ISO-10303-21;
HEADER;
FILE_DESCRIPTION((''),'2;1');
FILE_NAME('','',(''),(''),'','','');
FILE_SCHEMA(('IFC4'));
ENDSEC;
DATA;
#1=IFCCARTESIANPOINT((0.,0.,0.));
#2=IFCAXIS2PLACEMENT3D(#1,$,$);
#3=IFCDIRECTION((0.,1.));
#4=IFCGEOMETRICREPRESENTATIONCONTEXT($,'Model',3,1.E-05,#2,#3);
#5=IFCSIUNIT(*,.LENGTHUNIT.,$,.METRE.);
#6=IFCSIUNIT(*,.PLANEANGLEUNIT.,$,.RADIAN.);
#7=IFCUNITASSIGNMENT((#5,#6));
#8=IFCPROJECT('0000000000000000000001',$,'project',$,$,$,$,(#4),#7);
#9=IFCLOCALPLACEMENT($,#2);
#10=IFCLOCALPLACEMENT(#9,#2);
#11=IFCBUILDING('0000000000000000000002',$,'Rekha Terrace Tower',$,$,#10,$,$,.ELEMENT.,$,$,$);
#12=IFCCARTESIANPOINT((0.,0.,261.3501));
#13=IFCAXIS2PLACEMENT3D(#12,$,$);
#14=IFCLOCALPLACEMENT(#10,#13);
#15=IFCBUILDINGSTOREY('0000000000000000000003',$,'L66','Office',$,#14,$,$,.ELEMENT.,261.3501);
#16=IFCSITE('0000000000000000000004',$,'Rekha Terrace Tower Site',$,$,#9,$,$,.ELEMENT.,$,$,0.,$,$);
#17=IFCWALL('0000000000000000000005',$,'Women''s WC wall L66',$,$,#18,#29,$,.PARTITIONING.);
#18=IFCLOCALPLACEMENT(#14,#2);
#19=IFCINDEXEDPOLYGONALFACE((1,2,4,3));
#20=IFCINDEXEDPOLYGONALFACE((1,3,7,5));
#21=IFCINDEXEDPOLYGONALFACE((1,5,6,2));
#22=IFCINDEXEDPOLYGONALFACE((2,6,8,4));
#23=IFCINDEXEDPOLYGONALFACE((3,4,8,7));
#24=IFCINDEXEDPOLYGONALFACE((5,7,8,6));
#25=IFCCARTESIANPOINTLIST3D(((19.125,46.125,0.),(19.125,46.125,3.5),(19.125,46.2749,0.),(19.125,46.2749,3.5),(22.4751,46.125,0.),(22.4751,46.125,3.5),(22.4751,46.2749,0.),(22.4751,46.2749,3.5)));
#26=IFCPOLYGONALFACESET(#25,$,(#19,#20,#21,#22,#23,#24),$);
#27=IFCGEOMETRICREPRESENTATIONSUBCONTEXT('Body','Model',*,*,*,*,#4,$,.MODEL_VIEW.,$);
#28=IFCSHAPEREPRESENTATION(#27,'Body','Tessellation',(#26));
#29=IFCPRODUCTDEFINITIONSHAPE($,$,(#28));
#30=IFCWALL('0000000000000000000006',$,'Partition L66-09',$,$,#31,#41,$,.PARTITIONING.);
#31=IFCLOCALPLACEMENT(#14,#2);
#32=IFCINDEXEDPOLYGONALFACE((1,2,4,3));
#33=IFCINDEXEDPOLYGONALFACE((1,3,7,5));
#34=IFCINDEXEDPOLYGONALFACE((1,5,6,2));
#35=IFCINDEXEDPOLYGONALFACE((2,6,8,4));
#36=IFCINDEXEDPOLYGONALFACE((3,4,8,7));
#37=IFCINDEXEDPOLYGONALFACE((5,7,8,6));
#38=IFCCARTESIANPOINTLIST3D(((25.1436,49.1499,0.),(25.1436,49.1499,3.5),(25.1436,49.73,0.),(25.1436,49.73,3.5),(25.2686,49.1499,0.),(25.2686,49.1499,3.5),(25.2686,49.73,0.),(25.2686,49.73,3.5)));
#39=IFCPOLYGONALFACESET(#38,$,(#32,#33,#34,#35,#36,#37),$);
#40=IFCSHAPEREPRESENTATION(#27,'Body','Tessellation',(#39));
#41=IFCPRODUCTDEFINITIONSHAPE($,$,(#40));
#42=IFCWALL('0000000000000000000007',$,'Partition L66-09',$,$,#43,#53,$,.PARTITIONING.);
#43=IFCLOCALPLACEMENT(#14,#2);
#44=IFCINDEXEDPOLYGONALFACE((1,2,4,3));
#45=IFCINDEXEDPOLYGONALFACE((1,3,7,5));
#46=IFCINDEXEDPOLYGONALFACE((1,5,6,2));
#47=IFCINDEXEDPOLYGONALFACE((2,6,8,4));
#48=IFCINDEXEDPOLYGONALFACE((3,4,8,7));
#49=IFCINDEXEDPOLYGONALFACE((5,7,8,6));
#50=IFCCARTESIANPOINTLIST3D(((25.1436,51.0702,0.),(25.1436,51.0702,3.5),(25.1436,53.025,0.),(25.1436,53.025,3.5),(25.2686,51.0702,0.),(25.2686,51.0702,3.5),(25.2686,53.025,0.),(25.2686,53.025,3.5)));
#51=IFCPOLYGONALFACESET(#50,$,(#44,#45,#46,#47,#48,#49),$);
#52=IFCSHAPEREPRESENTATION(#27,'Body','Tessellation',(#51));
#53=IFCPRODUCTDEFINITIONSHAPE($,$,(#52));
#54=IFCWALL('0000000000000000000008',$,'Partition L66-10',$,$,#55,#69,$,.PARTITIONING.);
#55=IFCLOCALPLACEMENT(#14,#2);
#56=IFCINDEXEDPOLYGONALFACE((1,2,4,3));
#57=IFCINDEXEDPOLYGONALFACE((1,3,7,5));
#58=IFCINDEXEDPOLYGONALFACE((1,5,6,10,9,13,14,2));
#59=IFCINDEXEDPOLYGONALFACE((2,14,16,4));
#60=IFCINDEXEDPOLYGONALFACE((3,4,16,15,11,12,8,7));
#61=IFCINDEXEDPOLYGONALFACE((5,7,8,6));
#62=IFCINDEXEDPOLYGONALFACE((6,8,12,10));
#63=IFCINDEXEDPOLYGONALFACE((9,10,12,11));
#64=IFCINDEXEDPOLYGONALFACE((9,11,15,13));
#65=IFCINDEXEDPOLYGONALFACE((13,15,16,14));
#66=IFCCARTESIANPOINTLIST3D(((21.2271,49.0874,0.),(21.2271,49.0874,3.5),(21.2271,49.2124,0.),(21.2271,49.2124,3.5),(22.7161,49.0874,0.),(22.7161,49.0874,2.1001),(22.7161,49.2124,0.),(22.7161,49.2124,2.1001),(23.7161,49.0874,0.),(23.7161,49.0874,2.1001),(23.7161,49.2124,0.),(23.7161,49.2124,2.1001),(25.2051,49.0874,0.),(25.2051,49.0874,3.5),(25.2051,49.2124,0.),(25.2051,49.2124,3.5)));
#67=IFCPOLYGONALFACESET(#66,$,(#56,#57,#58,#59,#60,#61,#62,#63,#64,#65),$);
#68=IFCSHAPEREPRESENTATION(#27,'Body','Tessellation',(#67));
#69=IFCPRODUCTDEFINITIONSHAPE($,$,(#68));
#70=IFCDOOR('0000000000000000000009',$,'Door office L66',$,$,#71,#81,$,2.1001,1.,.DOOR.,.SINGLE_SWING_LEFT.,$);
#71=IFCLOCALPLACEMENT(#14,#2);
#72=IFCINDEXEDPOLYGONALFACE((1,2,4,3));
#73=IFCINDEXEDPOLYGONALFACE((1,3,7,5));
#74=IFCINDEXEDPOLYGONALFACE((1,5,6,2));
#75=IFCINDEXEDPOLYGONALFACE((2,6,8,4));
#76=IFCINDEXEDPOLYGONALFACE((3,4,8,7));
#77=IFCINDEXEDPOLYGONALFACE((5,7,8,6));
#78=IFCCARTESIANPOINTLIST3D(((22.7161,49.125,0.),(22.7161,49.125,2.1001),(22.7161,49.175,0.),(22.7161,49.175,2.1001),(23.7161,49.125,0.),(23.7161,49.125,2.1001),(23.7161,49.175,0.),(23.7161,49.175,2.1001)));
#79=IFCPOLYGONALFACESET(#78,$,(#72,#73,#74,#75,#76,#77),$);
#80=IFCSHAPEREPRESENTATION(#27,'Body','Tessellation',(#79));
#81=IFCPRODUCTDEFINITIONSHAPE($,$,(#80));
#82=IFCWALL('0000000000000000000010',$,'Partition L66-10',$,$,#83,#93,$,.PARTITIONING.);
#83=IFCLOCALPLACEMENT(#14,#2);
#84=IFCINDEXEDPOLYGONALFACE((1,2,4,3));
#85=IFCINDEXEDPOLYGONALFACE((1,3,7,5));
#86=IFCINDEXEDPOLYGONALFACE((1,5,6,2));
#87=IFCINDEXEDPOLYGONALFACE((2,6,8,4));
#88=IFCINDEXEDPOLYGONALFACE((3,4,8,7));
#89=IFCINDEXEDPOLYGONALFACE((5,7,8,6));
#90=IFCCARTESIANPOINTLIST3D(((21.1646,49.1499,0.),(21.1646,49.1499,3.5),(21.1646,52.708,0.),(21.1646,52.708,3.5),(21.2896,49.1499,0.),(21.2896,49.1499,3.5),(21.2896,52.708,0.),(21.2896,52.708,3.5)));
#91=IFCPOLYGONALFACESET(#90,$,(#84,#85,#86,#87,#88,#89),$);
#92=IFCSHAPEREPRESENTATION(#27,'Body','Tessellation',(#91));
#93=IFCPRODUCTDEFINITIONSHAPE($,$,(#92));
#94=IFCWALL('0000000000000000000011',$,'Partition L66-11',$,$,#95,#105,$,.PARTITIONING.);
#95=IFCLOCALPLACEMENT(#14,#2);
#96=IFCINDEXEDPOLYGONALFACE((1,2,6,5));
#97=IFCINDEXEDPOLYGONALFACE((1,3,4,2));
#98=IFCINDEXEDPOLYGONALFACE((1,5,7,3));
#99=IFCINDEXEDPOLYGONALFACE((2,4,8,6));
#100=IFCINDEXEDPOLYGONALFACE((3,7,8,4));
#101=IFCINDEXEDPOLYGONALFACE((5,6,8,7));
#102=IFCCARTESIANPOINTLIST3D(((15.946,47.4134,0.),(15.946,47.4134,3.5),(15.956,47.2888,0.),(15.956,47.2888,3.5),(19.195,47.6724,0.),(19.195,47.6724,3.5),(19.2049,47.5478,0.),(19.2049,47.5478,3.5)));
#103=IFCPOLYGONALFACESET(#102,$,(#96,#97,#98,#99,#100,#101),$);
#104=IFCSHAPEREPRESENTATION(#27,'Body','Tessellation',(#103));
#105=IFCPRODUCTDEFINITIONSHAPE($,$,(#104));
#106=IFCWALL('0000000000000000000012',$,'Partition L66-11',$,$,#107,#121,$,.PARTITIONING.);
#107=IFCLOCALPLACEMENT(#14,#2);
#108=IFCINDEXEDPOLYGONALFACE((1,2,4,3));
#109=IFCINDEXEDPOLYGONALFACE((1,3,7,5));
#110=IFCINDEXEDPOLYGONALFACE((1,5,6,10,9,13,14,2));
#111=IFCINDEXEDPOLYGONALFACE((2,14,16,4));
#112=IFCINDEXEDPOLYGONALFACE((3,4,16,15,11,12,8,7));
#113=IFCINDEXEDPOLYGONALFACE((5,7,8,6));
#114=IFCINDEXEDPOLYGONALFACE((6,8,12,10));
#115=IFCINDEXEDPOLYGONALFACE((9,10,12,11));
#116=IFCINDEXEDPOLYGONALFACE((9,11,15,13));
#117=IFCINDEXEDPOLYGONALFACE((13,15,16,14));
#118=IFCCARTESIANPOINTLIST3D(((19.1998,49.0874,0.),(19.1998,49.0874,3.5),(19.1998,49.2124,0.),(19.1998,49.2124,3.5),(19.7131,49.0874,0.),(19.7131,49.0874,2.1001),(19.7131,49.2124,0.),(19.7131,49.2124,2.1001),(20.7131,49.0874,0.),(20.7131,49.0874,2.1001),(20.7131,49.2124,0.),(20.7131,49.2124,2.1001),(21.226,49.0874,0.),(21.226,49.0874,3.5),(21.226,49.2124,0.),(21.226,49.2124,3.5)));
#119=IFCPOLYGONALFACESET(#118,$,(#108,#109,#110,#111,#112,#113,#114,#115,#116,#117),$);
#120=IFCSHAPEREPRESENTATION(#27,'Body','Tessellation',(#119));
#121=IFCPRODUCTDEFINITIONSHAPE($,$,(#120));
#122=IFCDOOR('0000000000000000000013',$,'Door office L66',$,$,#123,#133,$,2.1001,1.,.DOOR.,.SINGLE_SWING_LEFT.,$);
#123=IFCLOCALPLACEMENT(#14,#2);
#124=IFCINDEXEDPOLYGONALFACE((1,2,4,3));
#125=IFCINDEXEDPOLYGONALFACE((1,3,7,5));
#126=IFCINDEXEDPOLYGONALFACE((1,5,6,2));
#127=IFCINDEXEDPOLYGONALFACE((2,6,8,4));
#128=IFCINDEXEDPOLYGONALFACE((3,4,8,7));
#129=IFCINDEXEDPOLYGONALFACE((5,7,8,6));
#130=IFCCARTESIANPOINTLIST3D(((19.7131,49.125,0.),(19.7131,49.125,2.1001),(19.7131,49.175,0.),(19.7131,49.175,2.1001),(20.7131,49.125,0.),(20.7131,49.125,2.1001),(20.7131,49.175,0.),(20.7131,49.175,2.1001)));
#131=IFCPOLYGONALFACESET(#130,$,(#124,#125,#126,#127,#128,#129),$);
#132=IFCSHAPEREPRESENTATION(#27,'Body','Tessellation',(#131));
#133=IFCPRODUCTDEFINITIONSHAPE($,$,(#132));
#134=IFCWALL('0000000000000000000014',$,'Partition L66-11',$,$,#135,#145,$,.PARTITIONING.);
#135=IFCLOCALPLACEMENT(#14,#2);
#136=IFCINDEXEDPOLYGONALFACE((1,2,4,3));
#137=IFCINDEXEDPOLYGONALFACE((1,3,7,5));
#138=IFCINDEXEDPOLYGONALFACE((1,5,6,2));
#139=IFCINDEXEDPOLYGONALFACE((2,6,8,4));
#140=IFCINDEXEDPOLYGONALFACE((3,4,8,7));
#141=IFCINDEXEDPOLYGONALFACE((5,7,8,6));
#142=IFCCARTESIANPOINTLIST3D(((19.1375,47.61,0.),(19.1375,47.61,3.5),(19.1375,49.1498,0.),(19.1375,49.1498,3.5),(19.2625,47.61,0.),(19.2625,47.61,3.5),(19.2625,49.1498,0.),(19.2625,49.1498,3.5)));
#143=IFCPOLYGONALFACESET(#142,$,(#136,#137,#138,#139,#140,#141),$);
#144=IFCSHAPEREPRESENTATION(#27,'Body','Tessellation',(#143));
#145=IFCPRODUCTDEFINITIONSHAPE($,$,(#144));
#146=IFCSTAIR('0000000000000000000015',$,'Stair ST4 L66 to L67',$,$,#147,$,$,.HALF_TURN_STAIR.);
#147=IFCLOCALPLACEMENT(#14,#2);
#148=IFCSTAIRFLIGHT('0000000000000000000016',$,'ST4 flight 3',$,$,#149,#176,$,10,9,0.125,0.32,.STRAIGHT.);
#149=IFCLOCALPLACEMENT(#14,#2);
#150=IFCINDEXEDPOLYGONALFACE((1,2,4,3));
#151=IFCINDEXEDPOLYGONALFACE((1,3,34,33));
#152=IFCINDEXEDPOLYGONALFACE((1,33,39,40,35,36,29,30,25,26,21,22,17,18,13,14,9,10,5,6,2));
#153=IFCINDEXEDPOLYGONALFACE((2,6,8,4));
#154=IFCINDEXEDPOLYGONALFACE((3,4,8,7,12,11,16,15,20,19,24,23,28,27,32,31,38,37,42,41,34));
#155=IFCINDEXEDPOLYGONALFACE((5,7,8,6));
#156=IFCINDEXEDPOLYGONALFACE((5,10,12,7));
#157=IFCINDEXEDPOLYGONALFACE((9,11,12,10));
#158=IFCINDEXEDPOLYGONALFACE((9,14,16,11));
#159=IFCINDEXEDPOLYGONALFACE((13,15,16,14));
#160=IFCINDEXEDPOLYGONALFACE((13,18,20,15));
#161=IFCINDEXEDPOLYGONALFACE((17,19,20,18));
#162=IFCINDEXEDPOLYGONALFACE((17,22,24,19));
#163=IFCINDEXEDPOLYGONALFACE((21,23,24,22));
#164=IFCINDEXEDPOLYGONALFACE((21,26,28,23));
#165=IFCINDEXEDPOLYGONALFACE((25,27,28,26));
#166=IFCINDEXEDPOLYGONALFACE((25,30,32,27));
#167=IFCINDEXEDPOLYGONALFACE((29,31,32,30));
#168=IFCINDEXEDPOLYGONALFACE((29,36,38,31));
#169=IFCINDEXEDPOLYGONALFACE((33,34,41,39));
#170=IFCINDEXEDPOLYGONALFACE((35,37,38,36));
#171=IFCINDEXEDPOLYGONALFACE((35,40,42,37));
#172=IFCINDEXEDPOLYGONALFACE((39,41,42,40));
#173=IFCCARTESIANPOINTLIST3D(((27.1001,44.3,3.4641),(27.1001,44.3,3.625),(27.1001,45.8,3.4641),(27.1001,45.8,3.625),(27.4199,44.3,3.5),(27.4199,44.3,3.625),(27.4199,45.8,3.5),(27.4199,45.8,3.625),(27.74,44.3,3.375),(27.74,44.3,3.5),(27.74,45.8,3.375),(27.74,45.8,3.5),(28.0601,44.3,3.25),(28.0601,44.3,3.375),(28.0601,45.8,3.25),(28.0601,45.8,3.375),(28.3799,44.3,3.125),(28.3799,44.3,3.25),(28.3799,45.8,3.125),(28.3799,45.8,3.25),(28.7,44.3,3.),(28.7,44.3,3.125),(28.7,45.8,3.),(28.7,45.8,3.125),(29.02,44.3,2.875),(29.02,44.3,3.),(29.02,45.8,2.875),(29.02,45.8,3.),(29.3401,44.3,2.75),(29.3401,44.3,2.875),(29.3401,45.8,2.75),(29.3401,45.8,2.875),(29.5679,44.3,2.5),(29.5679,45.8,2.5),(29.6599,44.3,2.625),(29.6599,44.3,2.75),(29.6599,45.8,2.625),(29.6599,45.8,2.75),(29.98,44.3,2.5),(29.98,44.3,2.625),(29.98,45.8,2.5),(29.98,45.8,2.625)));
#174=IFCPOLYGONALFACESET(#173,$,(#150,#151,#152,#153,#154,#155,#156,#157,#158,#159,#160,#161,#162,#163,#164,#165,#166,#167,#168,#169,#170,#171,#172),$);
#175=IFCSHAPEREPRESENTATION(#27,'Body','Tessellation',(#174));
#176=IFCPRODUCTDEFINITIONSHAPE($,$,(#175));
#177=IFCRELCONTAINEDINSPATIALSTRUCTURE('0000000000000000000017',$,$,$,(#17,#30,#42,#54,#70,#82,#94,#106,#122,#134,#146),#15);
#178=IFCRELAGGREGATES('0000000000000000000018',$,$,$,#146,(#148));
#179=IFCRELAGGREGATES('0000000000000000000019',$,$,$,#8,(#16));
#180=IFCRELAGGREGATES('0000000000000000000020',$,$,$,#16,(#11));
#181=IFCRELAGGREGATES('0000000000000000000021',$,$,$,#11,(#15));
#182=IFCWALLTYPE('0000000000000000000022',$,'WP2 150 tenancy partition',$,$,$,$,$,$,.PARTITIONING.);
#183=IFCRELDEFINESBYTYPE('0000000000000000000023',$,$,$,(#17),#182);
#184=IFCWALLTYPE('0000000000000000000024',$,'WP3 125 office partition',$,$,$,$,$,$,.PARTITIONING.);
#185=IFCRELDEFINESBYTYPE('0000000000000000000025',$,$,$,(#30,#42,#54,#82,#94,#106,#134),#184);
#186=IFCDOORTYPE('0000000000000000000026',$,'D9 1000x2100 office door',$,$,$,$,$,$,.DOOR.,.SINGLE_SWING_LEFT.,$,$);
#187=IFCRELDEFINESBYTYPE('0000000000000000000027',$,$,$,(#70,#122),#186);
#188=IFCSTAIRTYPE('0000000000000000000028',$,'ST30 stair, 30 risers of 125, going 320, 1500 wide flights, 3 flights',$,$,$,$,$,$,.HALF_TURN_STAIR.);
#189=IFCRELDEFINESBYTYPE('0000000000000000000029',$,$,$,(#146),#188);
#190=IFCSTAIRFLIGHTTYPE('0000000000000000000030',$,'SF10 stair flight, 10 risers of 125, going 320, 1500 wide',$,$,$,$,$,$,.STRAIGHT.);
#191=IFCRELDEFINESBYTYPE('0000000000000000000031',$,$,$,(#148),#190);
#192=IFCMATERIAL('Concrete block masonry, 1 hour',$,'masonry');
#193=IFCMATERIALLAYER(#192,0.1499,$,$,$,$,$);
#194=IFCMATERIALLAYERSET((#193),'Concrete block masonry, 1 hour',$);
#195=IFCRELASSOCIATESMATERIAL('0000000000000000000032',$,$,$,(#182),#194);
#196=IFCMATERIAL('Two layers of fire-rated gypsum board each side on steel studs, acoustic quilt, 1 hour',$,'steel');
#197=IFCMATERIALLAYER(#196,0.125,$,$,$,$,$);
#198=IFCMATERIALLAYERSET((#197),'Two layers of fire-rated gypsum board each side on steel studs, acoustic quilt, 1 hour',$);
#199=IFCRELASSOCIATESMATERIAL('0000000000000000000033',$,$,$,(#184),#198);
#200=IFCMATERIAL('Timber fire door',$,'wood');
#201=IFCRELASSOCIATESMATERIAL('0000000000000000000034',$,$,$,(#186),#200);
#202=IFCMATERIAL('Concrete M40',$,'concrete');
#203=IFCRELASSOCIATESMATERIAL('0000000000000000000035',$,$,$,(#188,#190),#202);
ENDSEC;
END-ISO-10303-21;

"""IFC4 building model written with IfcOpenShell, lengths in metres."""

from ifc_helpers import new_model, si_unit, direction, frame, frame_2d, origin, place, context, subcontext, project, spatial, polyline, rectangle, outline, extrude, material, layer, layer_set, type_object, element, fill, aggregate, save


model = new_model("IFC4")

# Units and contexts
model_context = context("Model", 3, precision=1e-05, world=origin(), true_north=direction((0.0, 1.0)))
body_context = subcontext(model_context, "Body", "Model", "MODEL_VIEW")
ifc_project = project(units=[si_unit("LENGTHUNIT", "METRE"), si_unit("PLANEANGLEUNIT", "RADIAN")], contexts=[model_context])

# Site, building, storey
site_placement = place(None, origin())
site = spatial("IfcSite", under=ifc_project, at=site_placement, Name="Rekha Terrace Tower Site", CompositionType="ELEMENT", RefElevation=0.0)
building_placement = place(site_placement, origin())
building = spatial("IfcBuilding", under=site, at=building_placement, Name="Rekha Terrace Tower", CompositionType="ELEMENT")
storey_placement = place(building_placement, frame((0.0, 0.0, 261.3501)))
storey = spatial("IfcBuildingStorey", under=building, at=storey_placement, Name="L66", Description="Office", CompositionType="ELEMENT", Elevation=261.3501)

# Walls
ifc_material_1 = material(Name="Concrete block masonry, 1 hour", Category="masonry")
ifc_layer_1 = layer(ifc_material_1, 0.1499)
ifc_layer_set_1 = layer_set([ifc_layer_1], Name="Concrete block masonry, 1 hour")
wall_type_1 = type_object("IfcWallType", Name="WP2 150 tenancy partition", PredefinedType="PARTITIONING", material=ifc_layer_set_1)
wall_1_placement = place(storey_placement, frame((19.125, 46.2, 0.0), z_axis=(0.0, 0.0, 1.0), x_axis=(1.0, 0.0, 0.0)))
element("IfcWall", 1, at=wall_1_placement, inside=storey, type_object=wall_type_1, Name="Women's WC wall L66", PredefinedType="PARTITIONING", context=body_context, shape_type="SweptSolid", body=[
    extrude(rectangle(XDim=3.3501, YDim=0.1499, at=frame_2d((1.675, 0.0))), origin(), (0.0, 0.0, 1.0), 3.5),
])
ifc_material_2 = material(Name="Two layers of fire-rated gypsum board each side on steel studs, acoustic quilt, 1 hour", Category="steel")
ifc_layer_2 = layer(ifc_material_2, 0.125)
ifc_layer_set_2 = layer_set([ifc_layer_2], Name="Two layers of fire-rated gypsum board each side on steel studs, acoustic quilt, 1 hour")
wall_type_2 = type_object("IfcWallType", Name="WP3 125 office partition", PredefinedType="PARTITIONING", material=ifc_layer_set_2)
wall_2_placement = place(storey_placement, frame((25.2061, 49.1499, 0.0), z_axis=(0.0, 0.0, 1.0), x_axis=(0.0, 1.0, 0.0)))
element("IfcWall", 2, at=wall_2_placement, inside=storey, type_object=wall_type_2, Name="Partition L66-09", PredefinedType="PARTITIONING", context=body_context, shape_type="SweptSolid", body=[
    extrude(rectangle(XDim=0.5801, YDim=0.125, at=frame_2d((0.29, 0.0))), origin(), (0.0, 0.0, 1.0), 3.5),
])
wall_3_placement = place(storey_placement, frame((25.2061, 51.0701, 0.0), z_axis=(0.0, 0.0, 1.0), x_axis=(0.0, 1.0, 0.0)))
element("IfcWall", 3, at=wall_3_placement, inside=storey, type_object=wall_type_2, Name="Partition L66-09", PredefinedType="PARTITIONING", context=body_context, shape_type="SweptSolid", body=[
    extrude(rectangle(XDim=1.9548, YDim=0.125, at=frame_2d((0.9775, 0.0))), origin(), (0.0, 0.0, 1.0), 3.5),
])

# Wall, opening, door
wall_4_placement = place(storey_placement, frame((25.2051, 49.1499, 0.0), z_axis=(0.0, 0.0, 1.0), x_axis=(-1.0, 0.0, 0.0)))
wall_4 = element("IfcWall", 4, at=wall_4_placement, inside=storey, type_object=wall_type_2, Name="Partition L66-10", PredefinedType="PARTITIONING", context=body_context, shape_type="SweptSolid", body=[
    extrude(rectangle(XDim=3.978, YDim=0.125, at=frame_2d((1.989, 0.0))), origin(), (0.0, 0.0, 1.0), 3.5),
])
opening_1_placement = place(wall_4_placement, frame((1.489, 0.0, 0.0)))
opening_1 = element("IfcOpeningElement", 5, at=opening_1_placement, cuts=wall_4, PredefinedType="OPENING", context=body_context, shape_type="SweptSolid", body=[
    extrude(rectangle(XDim=1.0, YDim=2.1001, at=frame_2d((0.5, 1.05))), frame((0.0, 0.0725, 0.0), z_axis=(0.0, -1.0, 0.0), x_axis=(1.0, 0.0, 0.0)), (0.0, 0.0, 1.0), 0.145),
])
ifc_material_3 = material(Name="Timber fire door", Category="wood")
door_type = type_object("IfcDoorType", Name="D9 1000x2100 office door", OperationType="SINGLE_SWING_LEFT", PredefinedType="DOOR", material=ifc_material_3)
door_1_placement = place(opening_1_placement, origin())
door_1 = element("IfcDoor", 6, at=door_1_placement, inside=storey, type_object=door_type, Name="Door office L66", OperationType="SINGLE_SWING_LEFT", OverallHeight=2.1001, OverallWidth=1.0, PredefinedType="DOOR", context=body_context, shape_type="SweptSolid", body=[
    extrude(rectangle(XDim=1.0, YDim=2.1001, at=frame_2d((0.5, 1.05))), frame((0.0, 0.0249, 0.0), z_axis=(0.0, -1.0, 0.0), x_axis=(1.0, 0.0, 0.0)), (0.0, 0.0, 1.0), 0.05),
])
fill(opening_1, door_1)

# Walls
wall_5_placement = place(storey_placement, frame((21.2271, 49.1499, 0.0), z_axis=(0.0, 0.0, 1.0), x_axis=(0.0, 1.0, 0.0)))
element("IfcWall", 7, at=wall_5_placement, inside=storey, type_object=wall_type_2, Name="Partition L66-10", PredefinedType="PARTITIONING", context=body_context, shape_type="SweptSolid", body=[
    extrude(rectangle(XDim=3.5581, YDim=0.125, at=frame_2d((1.7791, 0.0))), origin(), (0.0, 0.0, 1.0), 3.5),
])
wall_6_placement = place(storey_placement, frame((19.2, 47.6101, 0.0), z_axis=(0.0, 0.0, 1.0), x_axis=(-0.996837, -0.079474, 0.0)))
element("IfcWall", 8, at=wall_6_placement, inside=storey, type_object=wall_type_2, Name="Partition L66-11", PredefinedType="PARTITIONING", context=body_context, shape_type="SweptSolid", body=[
    extrude(rectangle(XDim=3.2593, YDim=0.125, at=frame_2d((1.6296, 0.0))), origin(), (0.0, 0.0, 1.0), 3.5),
])

# Wall, opening, door
wall_7_placement = place(storey_placement, frame((21.2261, 49.1499, 0.0), z_axis=(0.0, 0.0, 1.0), x_axis=(-1.0, 0.0, 0.0)))
wall_7 = element("IfcWall", 9, at=wall_7_placement, inside=storey, type_object=wall_type_2, Name="Partition L66-11", PredefinedType="PARTITIONING", context=body_context, shape_type="SweptSolid", body=[
    extrude(rectangle(XDim=2.0261, YDim=0.125, at=frame_2d((1.0132, 0.0))), origin(), (0.0, 0.0, 1.0), 3.5),
])
opening_2_placement = place(wall_7_placement, frame((0.5129, 0.0, 0.0)))
opening_2 = element("IfcOpeningElement", 10, at=opening_2_placement, cuts=wall_7, PredefinedType="OPENING", context=body_context, shape_type="SweptSolid", body=[
    extrude(rectangle(XDim=1.0, YDim=2.1001, at=frame_2d((0.5, 1.05))), frame((0.0, 0.0725, 0.0), z_axis=(0.0, -1.0, 0.0), x_axis=(1.0, 0.0, 0.0)), (0.0, 0.0, 1.0), 0.145),
])
door_2_placement = place(opening_2_placement, origin())
door_2 = element("IfcDoor", 11, at=door_2_placement, inside=storey, type_object=door_type, Name="Door office L66", OperationType="SINGLE_SWING_LEFT", OverallHeight=2.1001, OverallWidth=1.0, PredefinedType="DOOR", context=body_context, shape_type="SweptSolid", body=[
    extrude(rectangle(XDim=1.0, YDim=2.1001, at=frame_2d((0.5, 1.05))), frame((0.0, 0.0249, 0.0), z_axis=(0.0, -1.0, 0.0), x_axis=(1.0, 0.0, 0.0)), (0.0, 0.0, 1.0), 0.05),
])
fill(opening_2, door_2)

# Wall
wall_8_placement = place(storey_placement, frame((19.2, 49.1499, 0.0), z_axis=(0.0, 0.0, 1.0), x_axis=(0.0, -1.0, 0.0)))
element("IfcWall", 12, at=wall_8_placement, inside=storey, type_object=wall_type_2, Name="Partition L66-11", PredefinedType="PARTITIONING", context=body_context, shape_type="SweptSolid", body=[
    extrude(rectangle(XDim=1.5398, YDim=0.125, at=frame_2d((0.77, 0.0))), origin(), (0.0, 0.0, 1.0), 3.5),
])

# Stair, stair flight
ifc_material_4 = material(Name="Concrete M40", Category="concrete")
stair_type = type_object("IfcStairType", Name="ST30 stair, 30 risers of 125, going 320, 1500 wide flights, 3 flights", PredefinedType="HALF_TURN_STAIR", material=ifc_material_4)
stair_placement = place(storey_placement, origin())
stair = element("IfcStair", 13, at=stair_placement, inside=storey, type_object=stair_type, Name="Stair ST4 L66 to L67", PredefinedType="HALF_TURN_STAIR")
stair_flight_type = type_object("IfcStairFlightType", Name="SF10 stair flight, 10 risers of 125, going 320, 1500 wide", PredefinedType="STRAIGHT", material=ifc_material_4)
stair_flight_placement = place(storey_placement, frame((29.98, 45.05, 2.5), z_axis=(0.0, 0.0, 1.0), x_axis=(-1.0, 0.0, 0.0)))
stair_flight = element("IfcStairFlight", 14, at=stair_flight_placement, type_object=stair_flight_type, Name="ST4 flight 3", NumberOfRisers=10, NumberOfTreads=9, PredefinedType="STRAIGHT", RiserHeight=0.125, TreadLength=0.32, context=body_context, shape_type="SweptSolid", body=[
    extrude(outline(polyline([(0.0, 0.0), (0.0, 0.125), (0.3201, 0.125), (0.3201, 0.25), (0.6399, 0.25), (0.6399, 0.375), (0.96, 0.375), (0.96, 0.5), (1.28, 0.5), (1.28, 0.625), (1.6001, 0.625), (1.6001, 0.75), (1.9199, 0.75), (1.9199, 0.875), (2.24, 0.875), (2.24, 1.0), (2.5601, 1.0), (2.5601, 1.125), (2.8799, 1.125), (2.8799, 1.25), (2.8799, 0.9641), (0.4121, 0.0), (0.0, 0.0)])), frame((0.0, 0.75, 0.0), z_axis=(0.0, -1.0, 0.0), x_axis=(1.0, 0.0, 0.0)), (0.0, 0.0, 1.0), 1.5),
])
aggregate(stair, [stair_flight])

save(model, "model.ifc")
